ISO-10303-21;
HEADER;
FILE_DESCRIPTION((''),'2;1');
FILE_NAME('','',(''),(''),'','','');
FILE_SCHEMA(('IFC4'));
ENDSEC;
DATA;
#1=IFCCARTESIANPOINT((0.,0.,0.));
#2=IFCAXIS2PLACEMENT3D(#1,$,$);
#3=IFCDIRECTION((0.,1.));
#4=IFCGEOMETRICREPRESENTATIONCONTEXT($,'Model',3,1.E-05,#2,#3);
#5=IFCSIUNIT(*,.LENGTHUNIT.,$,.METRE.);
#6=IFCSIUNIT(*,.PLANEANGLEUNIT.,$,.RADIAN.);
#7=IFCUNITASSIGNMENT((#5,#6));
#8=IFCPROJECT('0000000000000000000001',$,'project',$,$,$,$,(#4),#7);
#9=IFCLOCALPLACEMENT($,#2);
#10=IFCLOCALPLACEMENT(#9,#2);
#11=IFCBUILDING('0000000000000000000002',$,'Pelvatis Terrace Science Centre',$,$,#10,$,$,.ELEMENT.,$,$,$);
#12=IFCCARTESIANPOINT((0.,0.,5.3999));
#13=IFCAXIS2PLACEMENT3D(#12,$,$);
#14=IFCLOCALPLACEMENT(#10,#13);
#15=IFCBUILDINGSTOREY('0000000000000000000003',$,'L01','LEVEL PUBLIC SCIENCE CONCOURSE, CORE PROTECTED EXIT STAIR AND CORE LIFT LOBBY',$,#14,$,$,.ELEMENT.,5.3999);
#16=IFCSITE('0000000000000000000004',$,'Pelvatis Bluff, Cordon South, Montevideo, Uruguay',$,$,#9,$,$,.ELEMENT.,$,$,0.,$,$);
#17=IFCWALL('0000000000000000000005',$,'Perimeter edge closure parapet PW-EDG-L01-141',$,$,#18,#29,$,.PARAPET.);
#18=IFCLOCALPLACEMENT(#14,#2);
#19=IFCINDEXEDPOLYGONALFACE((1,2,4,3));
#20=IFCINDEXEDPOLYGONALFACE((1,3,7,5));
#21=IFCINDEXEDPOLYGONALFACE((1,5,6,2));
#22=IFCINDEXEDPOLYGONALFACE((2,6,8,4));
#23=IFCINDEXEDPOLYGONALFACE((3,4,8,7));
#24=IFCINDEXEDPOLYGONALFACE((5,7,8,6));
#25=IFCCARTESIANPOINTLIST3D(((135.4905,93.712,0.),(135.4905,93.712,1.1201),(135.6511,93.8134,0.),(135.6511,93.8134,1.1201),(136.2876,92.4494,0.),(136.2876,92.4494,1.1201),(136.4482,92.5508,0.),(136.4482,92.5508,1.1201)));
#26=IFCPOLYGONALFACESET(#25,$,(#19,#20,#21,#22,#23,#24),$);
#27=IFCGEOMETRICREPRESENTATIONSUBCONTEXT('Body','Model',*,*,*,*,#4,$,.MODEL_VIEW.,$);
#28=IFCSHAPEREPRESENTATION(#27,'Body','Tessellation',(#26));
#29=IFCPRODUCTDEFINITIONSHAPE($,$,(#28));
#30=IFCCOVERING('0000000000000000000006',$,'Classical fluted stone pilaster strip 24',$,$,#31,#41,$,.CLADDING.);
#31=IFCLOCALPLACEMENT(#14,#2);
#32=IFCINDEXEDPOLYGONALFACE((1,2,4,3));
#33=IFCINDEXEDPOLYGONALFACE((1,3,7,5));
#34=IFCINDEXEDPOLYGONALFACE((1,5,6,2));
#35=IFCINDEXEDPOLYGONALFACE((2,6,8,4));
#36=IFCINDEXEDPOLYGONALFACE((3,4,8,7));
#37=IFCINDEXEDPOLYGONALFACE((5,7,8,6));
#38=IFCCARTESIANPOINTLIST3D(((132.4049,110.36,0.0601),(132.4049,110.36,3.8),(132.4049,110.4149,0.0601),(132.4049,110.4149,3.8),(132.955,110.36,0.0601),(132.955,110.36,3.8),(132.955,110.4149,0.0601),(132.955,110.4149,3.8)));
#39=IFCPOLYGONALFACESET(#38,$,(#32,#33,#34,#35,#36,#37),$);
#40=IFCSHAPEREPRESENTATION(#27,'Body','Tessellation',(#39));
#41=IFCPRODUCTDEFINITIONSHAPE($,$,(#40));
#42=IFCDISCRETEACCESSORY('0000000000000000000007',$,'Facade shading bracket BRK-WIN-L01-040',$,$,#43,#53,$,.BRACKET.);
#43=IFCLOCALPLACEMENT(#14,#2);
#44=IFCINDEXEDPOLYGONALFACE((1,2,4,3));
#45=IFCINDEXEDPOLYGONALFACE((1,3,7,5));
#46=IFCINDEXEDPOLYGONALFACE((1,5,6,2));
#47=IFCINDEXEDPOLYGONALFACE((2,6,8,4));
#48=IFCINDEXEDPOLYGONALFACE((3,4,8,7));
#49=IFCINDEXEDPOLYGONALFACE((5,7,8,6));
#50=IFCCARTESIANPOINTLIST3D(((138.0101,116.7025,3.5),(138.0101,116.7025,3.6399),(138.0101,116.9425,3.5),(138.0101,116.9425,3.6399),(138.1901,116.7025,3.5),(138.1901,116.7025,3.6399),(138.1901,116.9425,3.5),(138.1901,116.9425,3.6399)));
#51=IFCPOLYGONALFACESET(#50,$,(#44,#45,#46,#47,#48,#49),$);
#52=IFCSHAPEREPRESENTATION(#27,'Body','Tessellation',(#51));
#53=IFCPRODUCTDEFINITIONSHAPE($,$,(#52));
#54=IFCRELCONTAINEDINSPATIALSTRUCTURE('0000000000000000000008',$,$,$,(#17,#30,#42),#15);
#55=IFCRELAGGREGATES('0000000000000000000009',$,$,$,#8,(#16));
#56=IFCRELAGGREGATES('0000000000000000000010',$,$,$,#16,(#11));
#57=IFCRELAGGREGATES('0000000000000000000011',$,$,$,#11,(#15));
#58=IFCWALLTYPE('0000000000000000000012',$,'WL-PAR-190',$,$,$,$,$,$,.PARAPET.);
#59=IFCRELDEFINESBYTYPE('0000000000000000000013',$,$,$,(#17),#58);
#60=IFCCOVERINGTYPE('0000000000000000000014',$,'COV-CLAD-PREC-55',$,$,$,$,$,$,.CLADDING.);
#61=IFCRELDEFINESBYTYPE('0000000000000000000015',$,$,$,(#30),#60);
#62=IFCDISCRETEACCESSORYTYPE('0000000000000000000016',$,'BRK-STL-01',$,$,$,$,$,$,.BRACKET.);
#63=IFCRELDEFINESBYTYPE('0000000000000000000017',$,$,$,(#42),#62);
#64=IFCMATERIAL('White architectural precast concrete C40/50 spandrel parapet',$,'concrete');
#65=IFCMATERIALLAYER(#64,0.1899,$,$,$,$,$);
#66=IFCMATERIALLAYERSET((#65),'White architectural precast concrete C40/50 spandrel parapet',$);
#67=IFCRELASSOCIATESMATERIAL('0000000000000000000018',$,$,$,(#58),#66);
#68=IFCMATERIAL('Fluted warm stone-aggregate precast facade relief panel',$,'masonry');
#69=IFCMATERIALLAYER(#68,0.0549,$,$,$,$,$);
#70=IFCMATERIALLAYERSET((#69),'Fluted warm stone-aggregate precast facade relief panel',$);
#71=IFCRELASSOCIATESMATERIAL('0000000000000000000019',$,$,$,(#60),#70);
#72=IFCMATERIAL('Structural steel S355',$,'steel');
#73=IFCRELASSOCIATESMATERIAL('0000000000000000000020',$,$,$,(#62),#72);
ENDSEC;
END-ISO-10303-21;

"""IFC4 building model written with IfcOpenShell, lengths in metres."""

from ifc_helpers import new_model, si_unit, direction, frame, frame_2d, origin, origin_2d, place, context, subcontext, project, spatial, rectangle, extrude, material, layer, layer_set, type_object, element, save


model = new_model("IFC4")

# Units and contexts
model_context = context("Model", 3, precision=1e-05, world=origin(), true_north=direction((0.0, 1.0)))
body_context = subcontext(model_context, "Body", "Model", "MODEL_VIEW")
ifc_project = project(units=[si_unit("LENGTHUNIT", "METRE"), si_unit("PLANEANGLEUNIT", "RADIAN")], contexts=[model_context])

# Site, building, storey
site_placement = place(None, origin())
site = spatial("IfcSite", under=ifc_project, at=site_placement, Name="Pelvatis Bluff, Cordon South, Montevideo, Uruguay", CompositionType="ELEMENT", RefElevation=0.0)
building_placement = place(site_placement, origin())
building = spatial("IfcBuilding", under=site, at=building_placement, Name="Pelvatis Terrace Science Centre", CompositionType="ELEMENT")
storey_placement = place(building_placement, frame((0.0, 0.0, 5.3999)))
storey = spatial("IfcBuildingStorey", under=building, at=storey_placement, Name="L01", Description="LEVEL PUBLIC SCIENCE CONCOURSE, CORE PROTECTED EXIT STAIR AND CORE LIFT LOBBY", CompositionType="ELEMENT", Elevation=5.3999)

# Wall
ifc_material_1 = material(Name="White architectural precast concrete C40/50 spandrel parapet", Category="concrete")
ifc_layer_1 = layer(ifc_material_1, 0.1899)
ifc_layer_set_1 = layer_set([ifc_layer_1], Name="White architectural precast concrete C40/50 spandrel parapet")
wall_type_1 = type_object("IfcWallType", Name="WL-PAR-190", PredefinedType="PARAPET", material=ifc_layer_set_1)
wall_1_placement = place(storey_placement, frame((135.5708, 93.7627, 0.0), z_axis=(0.0, 0.0, 1.0), x_axis=(0.533815, -0.845602, 0.0)))
element("IfcWall", 1, at=wall_1_placement, inside=storey, type_object=wall_type_1, Name="Perimeter edge closure parapet PW-EDG-L01-141", PredefinedType="PARAPET", context=body_context, shape_type="SweptSolid", body=[
    extrude(rectangle(XDim=1.4932, YDim=0.1899, at=frame_2d((0.7466, 0.0))), origin(), (0.0, 0.0, 1.0), 1.1201),
])

# Covering
ifc_material_2 = material(Name="Fluted warm stone-aggregate precast facade relief panel", Category="masonry")
ifc_layer_2 = layer(ifc_material_2, 0.0549)
ifc_layer_set_2 = layer_set([ifc_layer_2], Name="Fluted warm stone-aggregate precast facade relief panel")
covering_type = type_object("IfcCoveringType", Name="COV-CLAD-PREC-55", PredefinedType="CLADDING", material=ifc_layer_set_2)
covering_placement = place(storey_placement, frame((132.6799, 110.3875, 0.0601), z_axis=(0.0, 0.0, 1.0), x_axis=(1.0, 0.0, 0.0)))
element("IfcCovering", 2, at=covering_placement, inside=storey, type_object=covering_type, Name="Classical fluted stone pilaster strip 24", PredefinedType="CLADDING", context=body_context, shape_type="SweptSolid", body=[
    extrude(rectangle(XDim=0.55, YDim=0.0549, at=origin_2d()), origin(), (0.0, 0.0, 1.0), 3.74),
])

# Discrete accessory
ifc_material_3 = material(Name="Structural steel S355", Category="steel")
discrete_accessory_type = type_object("IfcDiscreteAccessoryType", Name="BRK-STL-01", PredefinedType="BRACKET", material=ifc_material_3)
discrete_accessory_placement = place(storey_placement, frame((138.1001, 116.8225, 3.5)))
element("IfcDiscreteAccessory", 3, at=discrete_accessory_placement, inside=storey, type_object=discrete_accessory_type, Name="Facade shading bracket BRK-WIN-L01-040", PredefinedType="BRACKET", context=body_context, shape_type="SweptSolid", body=[
    extrude(rectangle(XDim=0.18, YDim=0.24, at=origin_2d()), origin(), (0.0, 0.0, 1.0), 0.1399),
])

save(model, "model.ifc")
